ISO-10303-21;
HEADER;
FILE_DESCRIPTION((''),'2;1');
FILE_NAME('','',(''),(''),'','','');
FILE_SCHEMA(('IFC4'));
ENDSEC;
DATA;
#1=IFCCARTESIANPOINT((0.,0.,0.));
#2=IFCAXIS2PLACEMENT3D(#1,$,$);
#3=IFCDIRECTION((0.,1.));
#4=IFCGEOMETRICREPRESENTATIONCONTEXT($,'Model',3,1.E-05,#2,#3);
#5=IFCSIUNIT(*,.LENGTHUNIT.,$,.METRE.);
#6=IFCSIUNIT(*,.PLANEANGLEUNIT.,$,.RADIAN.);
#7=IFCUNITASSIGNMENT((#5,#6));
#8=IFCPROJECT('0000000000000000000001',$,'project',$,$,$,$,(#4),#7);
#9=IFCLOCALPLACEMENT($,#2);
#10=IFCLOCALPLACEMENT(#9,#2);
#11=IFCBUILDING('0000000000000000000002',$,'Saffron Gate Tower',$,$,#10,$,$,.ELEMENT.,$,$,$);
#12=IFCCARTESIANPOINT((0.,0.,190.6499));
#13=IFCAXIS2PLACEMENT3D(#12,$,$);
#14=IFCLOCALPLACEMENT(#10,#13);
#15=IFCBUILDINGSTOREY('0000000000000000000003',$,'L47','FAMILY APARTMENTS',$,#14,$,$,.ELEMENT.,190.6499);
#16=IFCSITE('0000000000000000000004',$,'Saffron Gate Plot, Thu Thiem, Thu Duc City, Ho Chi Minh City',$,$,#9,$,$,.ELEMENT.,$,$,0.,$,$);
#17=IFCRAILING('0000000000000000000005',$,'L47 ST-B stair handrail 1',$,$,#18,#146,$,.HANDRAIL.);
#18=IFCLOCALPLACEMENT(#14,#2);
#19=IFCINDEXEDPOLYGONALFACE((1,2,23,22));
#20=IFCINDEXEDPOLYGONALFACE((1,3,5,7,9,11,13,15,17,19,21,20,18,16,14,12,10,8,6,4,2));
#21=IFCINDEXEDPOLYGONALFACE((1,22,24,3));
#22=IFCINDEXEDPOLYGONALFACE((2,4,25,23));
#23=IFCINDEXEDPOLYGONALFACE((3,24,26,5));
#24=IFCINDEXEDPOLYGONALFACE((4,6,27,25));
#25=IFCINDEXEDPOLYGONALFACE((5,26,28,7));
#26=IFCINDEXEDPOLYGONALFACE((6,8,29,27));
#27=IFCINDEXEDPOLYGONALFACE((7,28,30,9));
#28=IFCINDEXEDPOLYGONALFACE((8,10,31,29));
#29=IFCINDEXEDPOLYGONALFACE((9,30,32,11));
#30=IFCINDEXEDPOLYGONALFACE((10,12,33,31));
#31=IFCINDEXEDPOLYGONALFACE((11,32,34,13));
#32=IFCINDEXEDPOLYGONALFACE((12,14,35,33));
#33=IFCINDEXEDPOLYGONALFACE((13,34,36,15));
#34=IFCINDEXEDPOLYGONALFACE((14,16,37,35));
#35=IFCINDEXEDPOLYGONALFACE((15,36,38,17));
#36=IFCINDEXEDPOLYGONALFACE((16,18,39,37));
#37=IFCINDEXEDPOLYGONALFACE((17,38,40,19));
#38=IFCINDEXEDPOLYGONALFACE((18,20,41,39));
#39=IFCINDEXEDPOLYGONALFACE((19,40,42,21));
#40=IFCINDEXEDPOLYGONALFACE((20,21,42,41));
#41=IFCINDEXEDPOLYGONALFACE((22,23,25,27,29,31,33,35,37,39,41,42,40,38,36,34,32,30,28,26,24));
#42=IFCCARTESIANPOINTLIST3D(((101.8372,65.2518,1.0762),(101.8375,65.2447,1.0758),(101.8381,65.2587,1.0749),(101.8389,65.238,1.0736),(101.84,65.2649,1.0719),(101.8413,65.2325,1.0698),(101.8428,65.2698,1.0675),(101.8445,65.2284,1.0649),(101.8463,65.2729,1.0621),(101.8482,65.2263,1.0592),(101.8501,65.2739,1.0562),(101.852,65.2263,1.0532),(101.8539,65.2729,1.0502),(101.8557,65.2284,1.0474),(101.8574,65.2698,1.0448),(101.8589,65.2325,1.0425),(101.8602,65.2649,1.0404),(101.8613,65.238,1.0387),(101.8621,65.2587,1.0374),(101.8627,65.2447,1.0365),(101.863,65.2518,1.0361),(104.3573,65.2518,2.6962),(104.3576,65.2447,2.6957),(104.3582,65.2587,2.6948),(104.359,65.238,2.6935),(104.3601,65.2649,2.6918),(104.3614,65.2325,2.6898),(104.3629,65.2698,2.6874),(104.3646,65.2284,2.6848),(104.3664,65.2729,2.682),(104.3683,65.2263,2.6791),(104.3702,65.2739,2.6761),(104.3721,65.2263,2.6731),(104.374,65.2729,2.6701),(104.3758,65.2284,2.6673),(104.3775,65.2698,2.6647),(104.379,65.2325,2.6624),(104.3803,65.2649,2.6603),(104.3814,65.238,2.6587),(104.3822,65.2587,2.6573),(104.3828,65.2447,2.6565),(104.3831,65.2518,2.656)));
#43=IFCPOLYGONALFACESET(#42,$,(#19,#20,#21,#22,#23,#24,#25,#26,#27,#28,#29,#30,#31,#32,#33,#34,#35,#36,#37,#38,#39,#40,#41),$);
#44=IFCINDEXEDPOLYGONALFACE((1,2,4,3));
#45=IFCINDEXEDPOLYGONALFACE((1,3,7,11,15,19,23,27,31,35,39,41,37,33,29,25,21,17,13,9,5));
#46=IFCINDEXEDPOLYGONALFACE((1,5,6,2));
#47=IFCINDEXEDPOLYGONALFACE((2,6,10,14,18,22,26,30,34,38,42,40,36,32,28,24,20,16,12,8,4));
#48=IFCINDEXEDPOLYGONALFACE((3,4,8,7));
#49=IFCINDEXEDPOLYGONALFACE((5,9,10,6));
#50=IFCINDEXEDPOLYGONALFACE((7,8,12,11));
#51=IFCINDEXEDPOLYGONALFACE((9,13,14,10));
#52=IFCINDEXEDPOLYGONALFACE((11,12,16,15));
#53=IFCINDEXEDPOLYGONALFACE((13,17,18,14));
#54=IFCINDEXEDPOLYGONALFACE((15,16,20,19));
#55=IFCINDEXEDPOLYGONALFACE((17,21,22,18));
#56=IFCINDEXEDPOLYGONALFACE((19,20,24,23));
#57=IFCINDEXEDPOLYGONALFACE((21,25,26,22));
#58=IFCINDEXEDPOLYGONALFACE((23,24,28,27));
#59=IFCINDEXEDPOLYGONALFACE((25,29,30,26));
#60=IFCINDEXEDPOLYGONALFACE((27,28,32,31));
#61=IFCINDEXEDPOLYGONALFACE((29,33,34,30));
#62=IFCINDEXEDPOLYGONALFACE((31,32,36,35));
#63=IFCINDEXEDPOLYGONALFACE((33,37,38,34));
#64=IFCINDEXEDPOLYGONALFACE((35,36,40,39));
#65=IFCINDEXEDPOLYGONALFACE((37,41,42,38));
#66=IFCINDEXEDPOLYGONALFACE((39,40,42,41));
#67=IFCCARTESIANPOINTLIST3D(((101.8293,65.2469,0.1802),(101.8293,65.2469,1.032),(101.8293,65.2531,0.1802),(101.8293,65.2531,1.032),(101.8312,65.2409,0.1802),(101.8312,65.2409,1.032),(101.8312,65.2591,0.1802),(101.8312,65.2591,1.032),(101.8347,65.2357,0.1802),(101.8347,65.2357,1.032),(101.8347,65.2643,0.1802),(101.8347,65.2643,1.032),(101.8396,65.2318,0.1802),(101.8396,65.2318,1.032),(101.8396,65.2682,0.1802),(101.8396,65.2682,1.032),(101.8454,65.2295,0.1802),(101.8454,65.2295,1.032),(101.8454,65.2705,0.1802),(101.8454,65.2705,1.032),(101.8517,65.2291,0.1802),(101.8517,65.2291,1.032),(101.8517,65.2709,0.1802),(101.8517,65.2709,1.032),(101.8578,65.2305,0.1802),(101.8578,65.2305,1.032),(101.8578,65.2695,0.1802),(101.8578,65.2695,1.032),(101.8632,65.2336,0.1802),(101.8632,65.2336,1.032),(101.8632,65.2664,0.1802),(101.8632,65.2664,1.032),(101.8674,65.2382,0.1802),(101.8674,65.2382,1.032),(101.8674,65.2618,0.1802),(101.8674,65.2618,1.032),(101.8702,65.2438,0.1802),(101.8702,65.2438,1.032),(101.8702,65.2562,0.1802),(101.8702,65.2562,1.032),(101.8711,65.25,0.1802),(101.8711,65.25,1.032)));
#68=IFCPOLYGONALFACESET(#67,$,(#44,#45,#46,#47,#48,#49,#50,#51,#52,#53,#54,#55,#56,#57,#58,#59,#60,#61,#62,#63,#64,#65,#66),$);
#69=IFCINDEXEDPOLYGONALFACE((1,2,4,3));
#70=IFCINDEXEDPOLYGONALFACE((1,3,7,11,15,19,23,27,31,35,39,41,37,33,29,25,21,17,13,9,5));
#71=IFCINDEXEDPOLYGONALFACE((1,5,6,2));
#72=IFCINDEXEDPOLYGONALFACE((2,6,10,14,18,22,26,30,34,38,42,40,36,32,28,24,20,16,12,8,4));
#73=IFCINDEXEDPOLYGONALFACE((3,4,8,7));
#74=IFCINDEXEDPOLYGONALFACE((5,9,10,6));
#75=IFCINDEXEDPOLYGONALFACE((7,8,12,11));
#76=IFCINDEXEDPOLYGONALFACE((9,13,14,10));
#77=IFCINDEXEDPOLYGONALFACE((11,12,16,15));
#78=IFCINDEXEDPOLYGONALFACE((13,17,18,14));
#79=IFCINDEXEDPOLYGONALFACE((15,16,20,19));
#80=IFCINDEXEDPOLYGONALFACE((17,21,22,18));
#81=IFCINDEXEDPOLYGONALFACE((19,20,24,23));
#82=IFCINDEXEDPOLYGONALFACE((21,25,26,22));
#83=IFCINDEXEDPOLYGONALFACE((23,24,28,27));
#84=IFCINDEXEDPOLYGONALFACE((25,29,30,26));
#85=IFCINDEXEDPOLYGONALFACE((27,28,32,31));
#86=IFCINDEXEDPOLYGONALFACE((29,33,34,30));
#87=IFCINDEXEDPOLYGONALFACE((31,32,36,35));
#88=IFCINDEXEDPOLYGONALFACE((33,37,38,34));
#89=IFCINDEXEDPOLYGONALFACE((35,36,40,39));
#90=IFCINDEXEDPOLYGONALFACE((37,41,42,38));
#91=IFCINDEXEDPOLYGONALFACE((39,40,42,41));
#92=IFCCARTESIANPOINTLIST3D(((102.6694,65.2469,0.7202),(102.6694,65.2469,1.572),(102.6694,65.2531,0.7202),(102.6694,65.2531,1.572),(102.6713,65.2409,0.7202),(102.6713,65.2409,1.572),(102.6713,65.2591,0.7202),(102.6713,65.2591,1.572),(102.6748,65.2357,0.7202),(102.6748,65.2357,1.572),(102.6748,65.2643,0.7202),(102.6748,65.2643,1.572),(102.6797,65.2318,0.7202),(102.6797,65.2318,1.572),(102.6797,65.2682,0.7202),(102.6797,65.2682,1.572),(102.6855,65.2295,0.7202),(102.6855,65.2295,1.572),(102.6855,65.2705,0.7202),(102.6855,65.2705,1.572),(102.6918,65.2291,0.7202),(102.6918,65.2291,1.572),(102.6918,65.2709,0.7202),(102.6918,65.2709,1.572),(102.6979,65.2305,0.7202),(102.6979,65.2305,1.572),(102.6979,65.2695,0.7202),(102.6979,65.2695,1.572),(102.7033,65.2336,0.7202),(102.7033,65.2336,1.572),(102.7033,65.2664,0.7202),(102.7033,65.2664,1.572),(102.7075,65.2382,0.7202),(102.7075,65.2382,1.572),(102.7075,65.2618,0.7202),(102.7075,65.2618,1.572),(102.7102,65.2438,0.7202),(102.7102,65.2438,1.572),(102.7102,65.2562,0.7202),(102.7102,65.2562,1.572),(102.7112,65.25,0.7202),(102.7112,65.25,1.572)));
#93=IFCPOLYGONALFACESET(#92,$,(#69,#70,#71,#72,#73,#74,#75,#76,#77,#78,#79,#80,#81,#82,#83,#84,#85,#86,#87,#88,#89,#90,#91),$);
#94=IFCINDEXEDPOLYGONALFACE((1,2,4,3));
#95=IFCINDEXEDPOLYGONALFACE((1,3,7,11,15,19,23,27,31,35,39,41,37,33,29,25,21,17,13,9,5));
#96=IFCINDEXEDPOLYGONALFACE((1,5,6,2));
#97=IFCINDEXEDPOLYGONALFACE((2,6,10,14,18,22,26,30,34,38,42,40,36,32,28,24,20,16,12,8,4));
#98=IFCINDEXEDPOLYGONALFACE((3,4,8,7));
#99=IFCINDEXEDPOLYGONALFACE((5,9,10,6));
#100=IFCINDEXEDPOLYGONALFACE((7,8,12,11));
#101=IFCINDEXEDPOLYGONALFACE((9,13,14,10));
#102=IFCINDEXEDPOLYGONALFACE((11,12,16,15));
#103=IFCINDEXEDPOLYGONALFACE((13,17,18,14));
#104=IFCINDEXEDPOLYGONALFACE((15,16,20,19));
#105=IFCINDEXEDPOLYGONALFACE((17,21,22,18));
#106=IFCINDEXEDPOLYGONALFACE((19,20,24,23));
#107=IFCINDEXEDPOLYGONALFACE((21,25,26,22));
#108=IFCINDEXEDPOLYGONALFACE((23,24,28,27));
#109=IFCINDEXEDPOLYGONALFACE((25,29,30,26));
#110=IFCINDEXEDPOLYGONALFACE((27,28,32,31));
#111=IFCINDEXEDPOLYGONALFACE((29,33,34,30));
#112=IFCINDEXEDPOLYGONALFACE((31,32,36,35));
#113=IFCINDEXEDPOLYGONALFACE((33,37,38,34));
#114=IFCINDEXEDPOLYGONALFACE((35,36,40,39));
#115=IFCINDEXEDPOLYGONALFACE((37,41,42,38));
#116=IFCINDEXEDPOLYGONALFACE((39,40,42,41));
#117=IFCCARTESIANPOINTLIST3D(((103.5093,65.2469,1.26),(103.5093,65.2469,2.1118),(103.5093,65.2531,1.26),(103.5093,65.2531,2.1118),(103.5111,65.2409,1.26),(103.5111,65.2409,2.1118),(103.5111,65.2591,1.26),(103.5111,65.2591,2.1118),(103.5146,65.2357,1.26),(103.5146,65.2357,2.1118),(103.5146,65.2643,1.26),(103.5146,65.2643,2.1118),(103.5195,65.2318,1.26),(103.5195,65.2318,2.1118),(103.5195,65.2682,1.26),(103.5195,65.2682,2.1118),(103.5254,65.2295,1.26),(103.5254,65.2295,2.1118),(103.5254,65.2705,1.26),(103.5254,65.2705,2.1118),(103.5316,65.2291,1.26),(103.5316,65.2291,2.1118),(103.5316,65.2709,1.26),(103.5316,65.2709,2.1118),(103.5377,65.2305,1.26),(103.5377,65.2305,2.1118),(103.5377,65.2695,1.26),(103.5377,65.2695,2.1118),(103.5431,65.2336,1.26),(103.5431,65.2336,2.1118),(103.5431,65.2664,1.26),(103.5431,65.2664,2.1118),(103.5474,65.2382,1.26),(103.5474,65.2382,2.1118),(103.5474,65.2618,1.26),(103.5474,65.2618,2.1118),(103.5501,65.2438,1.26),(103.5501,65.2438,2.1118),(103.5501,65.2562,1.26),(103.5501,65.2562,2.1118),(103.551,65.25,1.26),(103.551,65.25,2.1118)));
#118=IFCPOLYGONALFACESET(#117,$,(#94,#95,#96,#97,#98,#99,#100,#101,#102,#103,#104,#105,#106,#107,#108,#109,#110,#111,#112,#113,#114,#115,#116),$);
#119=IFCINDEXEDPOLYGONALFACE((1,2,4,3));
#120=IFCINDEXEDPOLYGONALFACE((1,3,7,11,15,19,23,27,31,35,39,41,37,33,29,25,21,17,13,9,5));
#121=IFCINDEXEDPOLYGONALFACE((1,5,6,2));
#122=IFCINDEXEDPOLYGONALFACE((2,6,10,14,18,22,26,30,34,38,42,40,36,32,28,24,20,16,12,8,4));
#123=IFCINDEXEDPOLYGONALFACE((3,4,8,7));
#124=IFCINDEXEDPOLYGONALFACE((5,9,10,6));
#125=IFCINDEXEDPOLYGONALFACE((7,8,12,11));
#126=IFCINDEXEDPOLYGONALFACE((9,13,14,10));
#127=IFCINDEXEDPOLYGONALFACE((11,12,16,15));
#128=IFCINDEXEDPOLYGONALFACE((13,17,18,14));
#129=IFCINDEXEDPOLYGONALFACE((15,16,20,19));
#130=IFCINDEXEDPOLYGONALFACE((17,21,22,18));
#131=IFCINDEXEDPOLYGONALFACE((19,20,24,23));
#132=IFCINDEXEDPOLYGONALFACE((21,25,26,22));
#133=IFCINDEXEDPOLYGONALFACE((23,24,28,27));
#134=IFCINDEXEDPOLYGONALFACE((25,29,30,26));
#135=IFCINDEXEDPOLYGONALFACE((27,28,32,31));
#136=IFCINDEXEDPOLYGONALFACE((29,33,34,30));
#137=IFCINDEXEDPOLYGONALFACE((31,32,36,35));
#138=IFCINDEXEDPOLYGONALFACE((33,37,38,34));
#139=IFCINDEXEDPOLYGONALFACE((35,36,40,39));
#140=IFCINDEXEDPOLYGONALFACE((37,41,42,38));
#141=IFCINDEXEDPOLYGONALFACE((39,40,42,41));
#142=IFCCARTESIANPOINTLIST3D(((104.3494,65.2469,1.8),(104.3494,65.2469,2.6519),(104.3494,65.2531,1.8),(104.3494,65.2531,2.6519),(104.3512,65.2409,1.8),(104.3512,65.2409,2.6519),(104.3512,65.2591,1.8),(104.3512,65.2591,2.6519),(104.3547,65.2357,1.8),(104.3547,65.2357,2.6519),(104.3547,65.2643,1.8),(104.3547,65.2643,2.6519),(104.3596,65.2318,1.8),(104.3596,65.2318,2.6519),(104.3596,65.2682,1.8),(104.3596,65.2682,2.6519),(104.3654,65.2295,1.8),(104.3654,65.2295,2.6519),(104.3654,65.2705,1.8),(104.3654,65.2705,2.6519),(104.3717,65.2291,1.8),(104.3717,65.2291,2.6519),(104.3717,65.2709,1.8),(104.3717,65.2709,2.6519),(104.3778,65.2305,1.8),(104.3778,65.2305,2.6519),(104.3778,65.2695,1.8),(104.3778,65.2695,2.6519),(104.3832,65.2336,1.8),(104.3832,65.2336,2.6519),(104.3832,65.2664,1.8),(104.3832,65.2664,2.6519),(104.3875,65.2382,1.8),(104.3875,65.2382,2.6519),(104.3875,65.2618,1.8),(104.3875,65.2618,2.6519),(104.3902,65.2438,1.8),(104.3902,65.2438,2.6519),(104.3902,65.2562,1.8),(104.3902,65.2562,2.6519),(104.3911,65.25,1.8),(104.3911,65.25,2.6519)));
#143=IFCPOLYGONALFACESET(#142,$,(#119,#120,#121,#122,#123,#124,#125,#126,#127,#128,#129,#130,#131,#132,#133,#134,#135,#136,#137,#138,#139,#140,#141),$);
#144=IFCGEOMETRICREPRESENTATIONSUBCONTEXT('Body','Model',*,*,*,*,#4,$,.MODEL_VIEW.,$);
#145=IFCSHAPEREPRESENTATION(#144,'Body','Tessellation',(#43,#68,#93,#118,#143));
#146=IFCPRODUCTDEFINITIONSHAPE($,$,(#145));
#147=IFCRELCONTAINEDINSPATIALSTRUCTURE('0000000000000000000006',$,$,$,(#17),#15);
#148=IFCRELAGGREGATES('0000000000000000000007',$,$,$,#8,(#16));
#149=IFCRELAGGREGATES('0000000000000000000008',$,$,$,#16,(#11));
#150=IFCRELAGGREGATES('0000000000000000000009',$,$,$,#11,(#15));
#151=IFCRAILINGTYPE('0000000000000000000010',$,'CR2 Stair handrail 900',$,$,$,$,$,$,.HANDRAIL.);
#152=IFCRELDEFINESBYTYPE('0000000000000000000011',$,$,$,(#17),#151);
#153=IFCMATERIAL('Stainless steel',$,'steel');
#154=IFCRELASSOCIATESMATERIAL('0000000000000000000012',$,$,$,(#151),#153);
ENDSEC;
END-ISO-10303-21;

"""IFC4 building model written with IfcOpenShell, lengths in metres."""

from ifc_helpers import new_model, si_unit, direction, frame, origin, origin_2d, place, context, subcontext, project, spatial, circle, extrude, material, type_object, element, save


model = new_model("IFC4")

# Units and contexts
model_context = context("Model", 3, precision=1e-05, world=origin(), true_north=direction((0.0, 1.0)))
body_context = subcontext(model_context, "Body", "Model", "MODEL_VIEW")
ifc_project = project(units=[si_unit("LENGTHUNIT", "METRE"), si_unit("PLANEANGLEUNIT", "RADIAN")], contexts=[model_context])

# Site, building, storey
site_placement = place(None, origin())
site = spatial("IfcSite", under=ifc_project, at=site_placement, Name="Saffron Gate Plot, Thu Thiem, Thu Duc City, Ho Chi Minh City", CompositionType="ELEMENT", RefElevation=0.0)
building_placement = place(site_placement, origin())
building = spatial("IfcBuilding", under=site, at=building_placement, Name="Saffron Gate Tower", CompositionType="ELEMENT")
storey_placement = place(building_placement, frame((0.0, 0.0, 190.6499)))
storey = spatial("IfcBuildingStorey", under=building, at=storey_placement, Name="L47", Description="FAMILY APARTMENTS", CompositionType="ELEMENT", Elevation=190.6499)

# Railing
ifc_material_1 = material(Name="Stainless steel", Category="steel")
railing_type_1 = type_object("IfcRailingType", Name="CR2 Stair handrail 900", PredefinedType="HANDRAIL", material=ifc_material_1)
railing_1_placement = place(storey_placement, frame((101.8501, 65.25, 0.1802)))
element("IfcRailing", 1, at=railing_1_placement, inside=storey, type_object=railing_type_1, Name="L47 ST-B stair handrail 1", PredefinedType="HANDRAIL", context=body_context, shape_type="SweptSolid", body=[
    extrude(circle(Radius=0.0239, at=origin_2d()), frame((0.0, 0.0, 0.876), z_axis=(0.8412, 0.0, 0.540725), x_axis=(0.0, 1.0, 0.0)), (0.0, 0.0, 1.0), 2.9958),
    extrude(circle(Radius=0.021, at=origin_2d()), origin(), (0.0, 0.0, 1.0), 0.8518),
    extrude(circle(Radius=0.021, at=origin_2d()), frame((0.8401, 0.0, 0.54)), (0.0, 0.0, 1.0), 0.8518),
    extrude(circle(Radius=0.021, at=origin_2d()), frame((1.6799, 0.0, 1.0798)), (0.0, 0.0, 1.0), 0.8518),
    extrude(circle(Radius=0.021, at=origin_2d()), frame((2.52, 0.0, 1.6199)), (0.0, 0.0, 1.0), 0.8518),
])

save(model, "model.ifc")
